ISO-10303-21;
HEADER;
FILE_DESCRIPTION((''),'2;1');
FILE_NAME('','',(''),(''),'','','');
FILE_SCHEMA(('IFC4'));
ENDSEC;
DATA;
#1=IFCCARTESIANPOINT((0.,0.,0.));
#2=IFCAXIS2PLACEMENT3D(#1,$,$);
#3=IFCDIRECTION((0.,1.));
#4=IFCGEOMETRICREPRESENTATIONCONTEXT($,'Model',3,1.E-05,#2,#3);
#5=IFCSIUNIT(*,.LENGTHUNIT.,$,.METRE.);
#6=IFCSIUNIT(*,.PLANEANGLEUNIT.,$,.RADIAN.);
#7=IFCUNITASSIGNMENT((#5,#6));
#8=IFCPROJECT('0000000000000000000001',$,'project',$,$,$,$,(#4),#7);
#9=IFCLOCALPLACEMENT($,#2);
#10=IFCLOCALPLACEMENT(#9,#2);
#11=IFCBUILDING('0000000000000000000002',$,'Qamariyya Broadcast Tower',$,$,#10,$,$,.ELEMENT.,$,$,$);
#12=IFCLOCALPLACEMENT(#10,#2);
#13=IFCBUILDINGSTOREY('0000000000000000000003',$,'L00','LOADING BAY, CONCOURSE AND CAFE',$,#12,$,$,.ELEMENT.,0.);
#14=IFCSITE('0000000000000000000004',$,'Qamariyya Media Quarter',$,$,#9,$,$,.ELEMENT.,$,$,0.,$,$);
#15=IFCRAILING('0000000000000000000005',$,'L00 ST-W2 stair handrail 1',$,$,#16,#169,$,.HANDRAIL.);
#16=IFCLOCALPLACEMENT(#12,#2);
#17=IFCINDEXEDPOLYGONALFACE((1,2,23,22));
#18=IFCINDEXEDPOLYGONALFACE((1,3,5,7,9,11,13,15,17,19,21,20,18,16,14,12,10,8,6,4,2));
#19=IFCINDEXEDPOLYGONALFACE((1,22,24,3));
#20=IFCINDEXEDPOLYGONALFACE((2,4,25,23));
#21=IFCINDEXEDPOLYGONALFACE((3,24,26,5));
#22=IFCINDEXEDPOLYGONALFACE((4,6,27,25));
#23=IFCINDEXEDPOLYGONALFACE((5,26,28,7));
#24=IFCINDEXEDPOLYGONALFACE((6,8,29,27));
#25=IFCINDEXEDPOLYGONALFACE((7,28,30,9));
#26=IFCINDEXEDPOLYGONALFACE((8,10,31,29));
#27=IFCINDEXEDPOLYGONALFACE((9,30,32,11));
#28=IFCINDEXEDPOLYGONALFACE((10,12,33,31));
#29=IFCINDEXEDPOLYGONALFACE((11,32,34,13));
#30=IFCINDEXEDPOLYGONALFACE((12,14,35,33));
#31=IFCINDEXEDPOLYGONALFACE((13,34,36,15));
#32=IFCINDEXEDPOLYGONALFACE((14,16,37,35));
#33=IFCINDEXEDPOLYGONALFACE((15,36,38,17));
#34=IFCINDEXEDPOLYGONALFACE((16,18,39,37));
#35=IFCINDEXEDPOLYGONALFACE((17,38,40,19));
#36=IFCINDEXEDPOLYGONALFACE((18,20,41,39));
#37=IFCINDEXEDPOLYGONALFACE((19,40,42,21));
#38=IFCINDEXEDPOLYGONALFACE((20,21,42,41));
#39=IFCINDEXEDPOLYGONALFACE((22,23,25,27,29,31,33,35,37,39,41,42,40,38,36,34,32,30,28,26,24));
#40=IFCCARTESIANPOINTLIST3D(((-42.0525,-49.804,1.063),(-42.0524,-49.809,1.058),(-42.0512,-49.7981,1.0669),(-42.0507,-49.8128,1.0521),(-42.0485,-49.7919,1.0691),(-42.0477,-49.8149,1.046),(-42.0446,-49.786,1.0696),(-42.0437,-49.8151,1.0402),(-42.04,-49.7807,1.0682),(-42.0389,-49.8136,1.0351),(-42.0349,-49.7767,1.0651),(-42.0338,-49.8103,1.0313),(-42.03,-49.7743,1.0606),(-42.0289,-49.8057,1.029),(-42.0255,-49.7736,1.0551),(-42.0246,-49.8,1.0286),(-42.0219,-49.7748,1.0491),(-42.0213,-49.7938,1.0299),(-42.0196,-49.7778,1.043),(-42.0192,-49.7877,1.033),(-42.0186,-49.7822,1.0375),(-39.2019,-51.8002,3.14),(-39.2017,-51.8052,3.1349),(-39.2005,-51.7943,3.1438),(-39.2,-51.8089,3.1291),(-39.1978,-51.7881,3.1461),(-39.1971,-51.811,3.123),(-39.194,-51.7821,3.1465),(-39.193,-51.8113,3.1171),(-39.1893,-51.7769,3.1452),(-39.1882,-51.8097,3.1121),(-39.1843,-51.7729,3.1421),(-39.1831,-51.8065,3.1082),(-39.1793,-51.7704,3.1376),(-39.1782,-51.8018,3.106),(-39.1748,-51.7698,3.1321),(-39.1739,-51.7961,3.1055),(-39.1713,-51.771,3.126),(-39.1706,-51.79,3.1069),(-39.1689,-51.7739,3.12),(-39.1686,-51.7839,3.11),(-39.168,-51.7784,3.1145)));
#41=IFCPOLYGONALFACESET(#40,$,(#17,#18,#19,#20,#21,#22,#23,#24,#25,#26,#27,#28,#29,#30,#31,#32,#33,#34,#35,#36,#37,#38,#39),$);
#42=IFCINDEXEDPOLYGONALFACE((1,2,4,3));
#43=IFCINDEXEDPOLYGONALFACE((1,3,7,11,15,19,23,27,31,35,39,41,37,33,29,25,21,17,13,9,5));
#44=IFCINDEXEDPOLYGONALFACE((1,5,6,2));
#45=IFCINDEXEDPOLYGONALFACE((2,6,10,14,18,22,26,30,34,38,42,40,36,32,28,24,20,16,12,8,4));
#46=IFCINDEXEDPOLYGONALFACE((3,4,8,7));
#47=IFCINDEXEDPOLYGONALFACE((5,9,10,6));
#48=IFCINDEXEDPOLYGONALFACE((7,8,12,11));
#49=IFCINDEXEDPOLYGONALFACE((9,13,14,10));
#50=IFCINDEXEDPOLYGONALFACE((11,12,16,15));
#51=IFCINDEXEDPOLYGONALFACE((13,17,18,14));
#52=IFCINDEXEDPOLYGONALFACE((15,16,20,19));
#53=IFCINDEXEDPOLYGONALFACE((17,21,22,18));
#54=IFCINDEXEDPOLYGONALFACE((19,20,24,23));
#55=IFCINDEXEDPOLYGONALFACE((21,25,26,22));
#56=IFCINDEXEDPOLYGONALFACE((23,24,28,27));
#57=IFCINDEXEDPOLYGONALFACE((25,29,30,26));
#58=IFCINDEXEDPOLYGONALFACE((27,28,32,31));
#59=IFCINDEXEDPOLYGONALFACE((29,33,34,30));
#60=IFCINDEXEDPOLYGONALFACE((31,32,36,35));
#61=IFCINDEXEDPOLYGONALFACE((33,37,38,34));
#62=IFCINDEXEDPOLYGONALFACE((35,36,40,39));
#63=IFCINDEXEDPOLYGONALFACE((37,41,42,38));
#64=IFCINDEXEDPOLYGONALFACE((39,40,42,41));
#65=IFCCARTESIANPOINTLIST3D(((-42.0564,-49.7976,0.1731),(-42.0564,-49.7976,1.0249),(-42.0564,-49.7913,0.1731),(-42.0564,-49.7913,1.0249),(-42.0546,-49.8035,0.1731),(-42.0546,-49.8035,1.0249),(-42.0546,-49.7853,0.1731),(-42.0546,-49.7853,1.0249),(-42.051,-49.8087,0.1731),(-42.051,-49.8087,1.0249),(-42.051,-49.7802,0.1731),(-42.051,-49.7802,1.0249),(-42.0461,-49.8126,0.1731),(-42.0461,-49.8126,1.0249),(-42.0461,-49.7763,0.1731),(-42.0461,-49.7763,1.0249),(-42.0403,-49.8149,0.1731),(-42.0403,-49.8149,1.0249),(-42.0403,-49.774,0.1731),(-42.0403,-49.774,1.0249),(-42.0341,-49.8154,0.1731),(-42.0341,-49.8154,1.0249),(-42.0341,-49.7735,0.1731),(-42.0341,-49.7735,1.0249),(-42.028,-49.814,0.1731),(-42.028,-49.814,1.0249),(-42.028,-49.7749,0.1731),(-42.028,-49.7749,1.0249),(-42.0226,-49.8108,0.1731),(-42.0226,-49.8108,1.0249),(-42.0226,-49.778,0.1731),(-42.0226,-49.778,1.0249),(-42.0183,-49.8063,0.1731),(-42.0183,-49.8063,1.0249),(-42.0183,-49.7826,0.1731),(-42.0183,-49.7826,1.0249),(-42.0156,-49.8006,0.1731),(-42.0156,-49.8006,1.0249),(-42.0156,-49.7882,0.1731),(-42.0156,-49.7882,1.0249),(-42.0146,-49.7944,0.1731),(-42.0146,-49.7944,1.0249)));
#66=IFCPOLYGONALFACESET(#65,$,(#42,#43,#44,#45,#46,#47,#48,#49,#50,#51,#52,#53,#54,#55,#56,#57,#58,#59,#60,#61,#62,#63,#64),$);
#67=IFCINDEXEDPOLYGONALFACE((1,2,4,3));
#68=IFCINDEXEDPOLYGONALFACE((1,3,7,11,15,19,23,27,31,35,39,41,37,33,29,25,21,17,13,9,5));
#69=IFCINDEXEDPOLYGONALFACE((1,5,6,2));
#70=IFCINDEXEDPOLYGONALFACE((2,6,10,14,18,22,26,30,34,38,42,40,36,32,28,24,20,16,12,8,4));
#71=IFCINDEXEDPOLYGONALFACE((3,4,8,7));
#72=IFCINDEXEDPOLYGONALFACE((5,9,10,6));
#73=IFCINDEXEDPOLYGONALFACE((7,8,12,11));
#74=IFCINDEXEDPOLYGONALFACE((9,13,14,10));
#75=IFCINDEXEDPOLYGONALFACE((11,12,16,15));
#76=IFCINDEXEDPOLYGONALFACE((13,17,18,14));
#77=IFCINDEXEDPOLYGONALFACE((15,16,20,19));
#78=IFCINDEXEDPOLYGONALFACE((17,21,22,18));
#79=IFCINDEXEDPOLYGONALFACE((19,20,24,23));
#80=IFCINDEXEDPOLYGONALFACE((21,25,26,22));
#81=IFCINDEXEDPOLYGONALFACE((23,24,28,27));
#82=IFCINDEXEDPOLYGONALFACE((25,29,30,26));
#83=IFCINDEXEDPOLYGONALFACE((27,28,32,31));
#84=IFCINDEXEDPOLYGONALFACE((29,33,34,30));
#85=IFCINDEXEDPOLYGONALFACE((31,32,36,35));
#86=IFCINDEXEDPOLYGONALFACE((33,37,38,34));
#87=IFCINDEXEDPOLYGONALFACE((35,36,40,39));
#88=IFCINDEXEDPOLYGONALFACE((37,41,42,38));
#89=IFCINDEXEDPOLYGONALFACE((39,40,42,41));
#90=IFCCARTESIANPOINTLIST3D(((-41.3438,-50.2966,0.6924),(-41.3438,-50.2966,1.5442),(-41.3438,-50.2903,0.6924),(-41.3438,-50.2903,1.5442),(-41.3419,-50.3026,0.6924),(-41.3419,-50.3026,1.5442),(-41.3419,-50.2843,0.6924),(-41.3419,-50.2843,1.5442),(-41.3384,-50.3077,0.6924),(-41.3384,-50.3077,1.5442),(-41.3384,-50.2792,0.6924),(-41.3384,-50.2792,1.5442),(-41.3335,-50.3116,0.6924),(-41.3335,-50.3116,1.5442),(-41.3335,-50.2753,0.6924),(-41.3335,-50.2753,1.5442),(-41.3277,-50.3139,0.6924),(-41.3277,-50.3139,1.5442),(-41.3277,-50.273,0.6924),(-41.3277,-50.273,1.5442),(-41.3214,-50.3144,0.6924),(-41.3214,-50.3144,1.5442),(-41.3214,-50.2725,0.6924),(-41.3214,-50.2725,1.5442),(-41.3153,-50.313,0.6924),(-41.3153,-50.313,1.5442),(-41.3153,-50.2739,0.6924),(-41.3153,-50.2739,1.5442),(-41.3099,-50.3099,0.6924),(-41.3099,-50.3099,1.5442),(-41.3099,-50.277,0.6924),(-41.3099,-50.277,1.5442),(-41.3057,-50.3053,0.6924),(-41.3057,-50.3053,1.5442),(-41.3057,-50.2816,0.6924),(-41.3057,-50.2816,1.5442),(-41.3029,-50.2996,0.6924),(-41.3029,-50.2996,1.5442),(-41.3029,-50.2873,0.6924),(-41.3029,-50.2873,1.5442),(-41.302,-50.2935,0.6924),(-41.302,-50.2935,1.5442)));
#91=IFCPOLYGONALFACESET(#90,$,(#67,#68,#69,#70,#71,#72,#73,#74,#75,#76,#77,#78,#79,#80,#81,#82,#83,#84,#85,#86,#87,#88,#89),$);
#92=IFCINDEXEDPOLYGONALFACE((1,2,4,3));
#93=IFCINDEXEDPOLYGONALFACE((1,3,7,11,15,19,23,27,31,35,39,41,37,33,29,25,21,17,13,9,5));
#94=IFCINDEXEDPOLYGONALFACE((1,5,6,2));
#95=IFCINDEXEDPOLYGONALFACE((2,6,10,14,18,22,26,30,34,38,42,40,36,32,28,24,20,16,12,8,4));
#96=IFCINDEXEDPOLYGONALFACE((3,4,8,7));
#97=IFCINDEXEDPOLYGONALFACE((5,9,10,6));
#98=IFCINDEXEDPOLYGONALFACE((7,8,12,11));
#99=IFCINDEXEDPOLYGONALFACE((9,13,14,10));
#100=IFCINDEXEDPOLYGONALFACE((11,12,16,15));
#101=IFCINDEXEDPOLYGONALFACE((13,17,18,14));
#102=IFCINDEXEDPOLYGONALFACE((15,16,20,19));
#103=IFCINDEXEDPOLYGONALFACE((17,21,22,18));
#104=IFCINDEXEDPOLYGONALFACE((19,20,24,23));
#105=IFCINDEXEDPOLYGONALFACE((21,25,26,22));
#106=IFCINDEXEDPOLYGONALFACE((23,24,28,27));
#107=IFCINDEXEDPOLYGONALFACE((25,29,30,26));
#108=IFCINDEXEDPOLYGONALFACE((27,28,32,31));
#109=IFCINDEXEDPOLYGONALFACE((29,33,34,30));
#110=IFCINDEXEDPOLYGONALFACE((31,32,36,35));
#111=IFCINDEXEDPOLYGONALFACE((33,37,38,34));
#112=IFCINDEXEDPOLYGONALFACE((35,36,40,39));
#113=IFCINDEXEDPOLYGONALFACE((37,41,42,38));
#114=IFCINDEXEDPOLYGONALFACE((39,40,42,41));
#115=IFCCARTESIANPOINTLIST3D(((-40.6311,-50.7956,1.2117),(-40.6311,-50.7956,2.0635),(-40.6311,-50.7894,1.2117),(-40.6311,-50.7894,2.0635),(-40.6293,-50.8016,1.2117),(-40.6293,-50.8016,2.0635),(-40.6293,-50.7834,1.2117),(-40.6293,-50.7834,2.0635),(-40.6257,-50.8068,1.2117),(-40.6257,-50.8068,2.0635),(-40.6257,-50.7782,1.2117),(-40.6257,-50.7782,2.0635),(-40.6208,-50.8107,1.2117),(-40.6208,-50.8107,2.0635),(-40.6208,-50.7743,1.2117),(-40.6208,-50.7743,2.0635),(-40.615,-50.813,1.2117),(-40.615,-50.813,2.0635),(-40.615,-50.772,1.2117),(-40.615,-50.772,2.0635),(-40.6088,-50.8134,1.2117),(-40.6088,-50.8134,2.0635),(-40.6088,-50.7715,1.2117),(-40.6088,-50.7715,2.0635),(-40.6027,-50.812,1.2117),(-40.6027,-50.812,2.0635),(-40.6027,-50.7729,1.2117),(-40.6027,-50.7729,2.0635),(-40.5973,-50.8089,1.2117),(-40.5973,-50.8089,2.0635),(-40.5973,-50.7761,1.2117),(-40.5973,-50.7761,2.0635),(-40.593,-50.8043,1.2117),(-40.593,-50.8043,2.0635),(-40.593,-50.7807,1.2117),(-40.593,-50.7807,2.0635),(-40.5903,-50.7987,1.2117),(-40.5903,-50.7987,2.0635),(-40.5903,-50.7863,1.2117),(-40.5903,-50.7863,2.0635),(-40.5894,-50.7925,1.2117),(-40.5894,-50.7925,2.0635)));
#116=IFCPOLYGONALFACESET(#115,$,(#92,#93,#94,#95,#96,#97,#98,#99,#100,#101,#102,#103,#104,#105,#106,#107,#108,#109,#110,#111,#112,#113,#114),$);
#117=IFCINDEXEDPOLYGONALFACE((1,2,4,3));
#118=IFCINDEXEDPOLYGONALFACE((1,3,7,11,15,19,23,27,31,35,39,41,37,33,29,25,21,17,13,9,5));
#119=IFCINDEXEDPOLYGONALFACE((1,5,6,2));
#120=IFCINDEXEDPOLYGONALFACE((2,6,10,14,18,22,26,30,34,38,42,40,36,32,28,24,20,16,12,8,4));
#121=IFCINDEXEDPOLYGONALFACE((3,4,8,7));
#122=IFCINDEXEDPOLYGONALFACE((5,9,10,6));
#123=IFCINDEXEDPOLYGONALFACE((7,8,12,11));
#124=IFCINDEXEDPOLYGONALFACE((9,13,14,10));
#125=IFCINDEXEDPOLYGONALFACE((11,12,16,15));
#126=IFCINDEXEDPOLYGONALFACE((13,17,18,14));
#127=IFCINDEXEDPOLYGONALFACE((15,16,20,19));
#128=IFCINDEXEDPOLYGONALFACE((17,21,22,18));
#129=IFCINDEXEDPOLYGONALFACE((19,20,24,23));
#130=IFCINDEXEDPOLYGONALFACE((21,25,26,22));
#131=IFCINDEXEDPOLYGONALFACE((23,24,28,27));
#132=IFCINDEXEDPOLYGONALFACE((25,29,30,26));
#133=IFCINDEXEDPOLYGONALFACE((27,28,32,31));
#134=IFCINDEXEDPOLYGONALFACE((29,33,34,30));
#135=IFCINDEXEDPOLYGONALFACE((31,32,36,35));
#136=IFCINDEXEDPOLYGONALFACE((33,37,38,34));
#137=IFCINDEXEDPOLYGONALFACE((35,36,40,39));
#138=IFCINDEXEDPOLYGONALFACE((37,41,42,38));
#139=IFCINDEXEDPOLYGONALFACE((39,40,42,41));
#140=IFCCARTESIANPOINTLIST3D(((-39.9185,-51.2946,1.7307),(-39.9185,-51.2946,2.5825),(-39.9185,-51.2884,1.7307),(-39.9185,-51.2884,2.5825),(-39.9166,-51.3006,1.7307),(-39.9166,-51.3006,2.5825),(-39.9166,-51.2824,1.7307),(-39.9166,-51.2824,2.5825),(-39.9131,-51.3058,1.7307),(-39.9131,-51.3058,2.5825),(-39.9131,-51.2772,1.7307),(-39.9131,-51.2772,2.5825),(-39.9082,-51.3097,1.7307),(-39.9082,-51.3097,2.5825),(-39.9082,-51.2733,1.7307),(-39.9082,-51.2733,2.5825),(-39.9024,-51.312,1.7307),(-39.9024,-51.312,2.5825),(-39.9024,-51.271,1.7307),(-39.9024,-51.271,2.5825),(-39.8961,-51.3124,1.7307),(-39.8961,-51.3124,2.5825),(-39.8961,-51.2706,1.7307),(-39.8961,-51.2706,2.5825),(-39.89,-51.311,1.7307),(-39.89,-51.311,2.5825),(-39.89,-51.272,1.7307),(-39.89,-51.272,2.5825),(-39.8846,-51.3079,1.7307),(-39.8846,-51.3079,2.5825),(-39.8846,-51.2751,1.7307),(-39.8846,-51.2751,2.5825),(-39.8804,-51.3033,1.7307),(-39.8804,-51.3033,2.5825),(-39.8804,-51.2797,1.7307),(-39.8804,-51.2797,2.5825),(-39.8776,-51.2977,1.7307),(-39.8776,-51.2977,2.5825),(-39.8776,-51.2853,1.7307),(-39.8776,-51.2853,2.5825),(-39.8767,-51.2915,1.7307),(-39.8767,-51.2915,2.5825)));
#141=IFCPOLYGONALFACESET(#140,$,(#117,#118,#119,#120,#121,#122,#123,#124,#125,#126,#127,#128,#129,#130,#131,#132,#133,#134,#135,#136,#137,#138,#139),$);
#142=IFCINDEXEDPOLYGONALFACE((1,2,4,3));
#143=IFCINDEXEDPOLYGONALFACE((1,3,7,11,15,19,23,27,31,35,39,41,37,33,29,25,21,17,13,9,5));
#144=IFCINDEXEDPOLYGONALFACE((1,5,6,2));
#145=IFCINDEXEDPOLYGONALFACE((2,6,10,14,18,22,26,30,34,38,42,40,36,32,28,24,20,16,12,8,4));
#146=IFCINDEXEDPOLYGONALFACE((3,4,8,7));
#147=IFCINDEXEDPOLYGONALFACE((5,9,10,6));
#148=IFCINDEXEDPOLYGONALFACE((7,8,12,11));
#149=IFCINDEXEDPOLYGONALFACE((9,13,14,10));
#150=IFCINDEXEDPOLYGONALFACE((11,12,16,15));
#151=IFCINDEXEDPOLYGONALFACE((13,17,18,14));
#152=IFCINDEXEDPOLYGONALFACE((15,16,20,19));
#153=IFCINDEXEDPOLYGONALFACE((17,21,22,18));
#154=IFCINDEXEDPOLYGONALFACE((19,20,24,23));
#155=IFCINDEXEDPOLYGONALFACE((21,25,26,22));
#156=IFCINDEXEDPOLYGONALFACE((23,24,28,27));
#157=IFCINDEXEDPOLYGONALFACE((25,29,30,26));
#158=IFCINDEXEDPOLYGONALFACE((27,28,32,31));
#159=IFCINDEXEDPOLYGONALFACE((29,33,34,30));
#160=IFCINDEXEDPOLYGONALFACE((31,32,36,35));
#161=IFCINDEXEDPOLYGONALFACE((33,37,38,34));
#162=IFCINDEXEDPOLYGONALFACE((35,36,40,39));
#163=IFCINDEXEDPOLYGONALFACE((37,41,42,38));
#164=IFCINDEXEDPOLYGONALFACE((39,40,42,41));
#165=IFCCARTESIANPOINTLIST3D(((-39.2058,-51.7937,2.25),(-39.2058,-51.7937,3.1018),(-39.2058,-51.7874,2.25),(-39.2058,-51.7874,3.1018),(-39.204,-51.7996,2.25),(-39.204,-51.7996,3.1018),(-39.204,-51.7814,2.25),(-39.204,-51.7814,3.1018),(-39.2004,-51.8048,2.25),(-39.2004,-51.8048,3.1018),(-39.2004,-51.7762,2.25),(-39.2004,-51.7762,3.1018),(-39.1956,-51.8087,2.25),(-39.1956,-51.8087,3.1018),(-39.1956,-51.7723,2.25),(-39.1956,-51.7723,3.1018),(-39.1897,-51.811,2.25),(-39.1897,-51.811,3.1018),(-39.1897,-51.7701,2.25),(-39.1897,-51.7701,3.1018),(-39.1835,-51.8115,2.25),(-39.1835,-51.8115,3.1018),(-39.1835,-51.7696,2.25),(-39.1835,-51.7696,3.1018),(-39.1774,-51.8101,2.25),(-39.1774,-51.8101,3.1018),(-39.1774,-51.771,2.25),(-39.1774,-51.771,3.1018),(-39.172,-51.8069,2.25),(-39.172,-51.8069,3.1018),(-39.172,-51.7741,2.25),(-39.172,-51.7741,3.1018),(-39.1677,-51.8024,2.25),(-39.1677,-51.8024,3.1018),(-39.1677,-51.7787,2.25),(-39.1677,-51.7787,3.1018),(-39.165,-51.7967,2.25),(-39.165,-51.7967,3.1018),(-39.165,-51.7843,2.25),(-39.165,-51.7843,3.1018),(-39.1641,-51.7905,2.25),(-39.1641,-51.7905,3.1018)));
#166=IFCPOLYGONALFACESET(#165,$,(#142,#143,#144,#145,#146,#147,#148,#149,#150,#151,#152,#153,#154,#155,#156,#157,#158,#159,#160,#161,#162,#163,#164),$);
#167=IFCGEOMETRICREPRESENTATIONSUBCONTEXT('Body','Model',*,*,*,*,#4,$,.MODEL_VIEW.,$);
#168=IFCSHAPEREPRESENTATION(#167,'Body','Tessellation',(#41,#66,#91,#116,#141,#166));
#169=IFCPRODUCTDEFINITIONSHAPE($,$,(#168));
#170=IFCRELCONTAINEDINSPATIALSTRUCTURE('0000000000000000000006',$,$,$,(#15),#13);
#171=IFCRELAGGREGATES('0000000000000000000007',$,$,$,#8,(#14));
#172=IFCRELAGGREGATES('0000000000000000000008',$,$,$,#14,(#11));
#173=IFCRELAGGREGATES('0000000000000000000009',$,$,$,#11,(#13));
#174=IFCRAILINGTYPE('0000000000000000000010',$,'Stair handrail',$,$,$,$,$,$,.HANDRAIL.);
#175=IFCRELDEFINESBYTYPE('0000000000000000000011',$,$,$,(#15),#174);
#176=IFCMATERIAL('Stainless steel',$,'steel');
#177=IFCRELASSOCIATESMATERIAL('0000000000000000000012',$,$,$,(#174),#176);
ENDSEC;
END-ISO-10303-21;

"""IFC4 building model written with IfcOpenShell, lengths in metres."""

from ifc_helpers import new_model, si_unit, direction, frame, origin, origin_2d, place, context, subcontext, project, spatial, circle, extrude, material, type_object, element, save


model = new_model("IFC4")

# Units and contexts
model_context = context("Model", 3, precision=1e-05, world=origin(), true_north=direction((0.0, 1.0)))
body_context = subcontext(model_context, "Body", "Model", "MODEL_VIEW")
ifc_project = project(units=[si_unit("LENGTHUNIT", "METRE"), si_unit("PLANEANGLEUNIT", "RADIAN")], contexts=[model_context])

# Site, building, storey
site_placement = place(None, origin())
site = spatial("IfcSite", under=ifc_project, at=site_placement, Name="Qamariyya Media Quarter", CompositionType="ELEMENT", RefElevation=0.0)
building_placement = place(site_placement, origin())
building = spatial("IfcBuilding", under=site, at=building_placement, Name="Qamariyya Broadcast Tower", CompositionType="ELEMENT")
storey_placement = place(building_placement, origin())
storey = spatial("IfcBuildingStorey", under=building, at=storey_placement, Name="L00", Description="LOADING BAY, CONCOURSE AND CAFE", CompositionType="ELEMENT", Elevation=0.0)

# Railing
ifc_material_1 = material(Name="Stainless steel", Category="steel")
railing_type_1 = type_object("IfcRailingType", Name="Stair handrail", PredefinedType="HANDRAIL", material=ifc_material_1)
railing_1_placement = place(storey_placement, frame((-42.0356, -49.7944, 0.1731)))
element("IfcRailing", 1, at=railing_1_placement, inside=storey, type_object=railing_type_1, Name="L00 ST-W2 stair handrail 1", PredefinedType="HANDRAIL", context=body_context, shape_type="SweptSolid", body=[
    extrude(circle(Radius=0.0239, at=origin_2d()), frame((0.0, 0.0, 0.876), z_axis=(0.703393, -0.492544, 0.512484), x_axis=(0.573594, 0.81914, 0.0)), (0.0, 0.0, 1.0), 4.0527),
    extrude(circle(Radius=0.021, at=origin_2d()), origin(), (0.0, 0.0, 1.0), 0.8518),
    extrude(circle(Radius=0.021, at=origin_2d()), frame((0.7126, -0.499, 0.5193)), (0.0, 0.0, 1.0), 0.8518),
    extrude(circle(Radius=0.021, at=origin_2d()), frame((1.4253, -0.998, 1.0386)), (0.0, 0.0, 1.0), 0.8518),
    extrude(circle(Radius=0.021, at=origin_2d()), frame((2.1379, -1.4971, 1.5576)), (0.0, 0.0, 1.0), 0.8518),
    extrude(circle(Radius=0.021, at=origin_2d()), frame((2.8506, -1.9961, 2.0769)), (0.0, 0.0, 1.0), 0.8518),
])

save(model, "model.ifc")
